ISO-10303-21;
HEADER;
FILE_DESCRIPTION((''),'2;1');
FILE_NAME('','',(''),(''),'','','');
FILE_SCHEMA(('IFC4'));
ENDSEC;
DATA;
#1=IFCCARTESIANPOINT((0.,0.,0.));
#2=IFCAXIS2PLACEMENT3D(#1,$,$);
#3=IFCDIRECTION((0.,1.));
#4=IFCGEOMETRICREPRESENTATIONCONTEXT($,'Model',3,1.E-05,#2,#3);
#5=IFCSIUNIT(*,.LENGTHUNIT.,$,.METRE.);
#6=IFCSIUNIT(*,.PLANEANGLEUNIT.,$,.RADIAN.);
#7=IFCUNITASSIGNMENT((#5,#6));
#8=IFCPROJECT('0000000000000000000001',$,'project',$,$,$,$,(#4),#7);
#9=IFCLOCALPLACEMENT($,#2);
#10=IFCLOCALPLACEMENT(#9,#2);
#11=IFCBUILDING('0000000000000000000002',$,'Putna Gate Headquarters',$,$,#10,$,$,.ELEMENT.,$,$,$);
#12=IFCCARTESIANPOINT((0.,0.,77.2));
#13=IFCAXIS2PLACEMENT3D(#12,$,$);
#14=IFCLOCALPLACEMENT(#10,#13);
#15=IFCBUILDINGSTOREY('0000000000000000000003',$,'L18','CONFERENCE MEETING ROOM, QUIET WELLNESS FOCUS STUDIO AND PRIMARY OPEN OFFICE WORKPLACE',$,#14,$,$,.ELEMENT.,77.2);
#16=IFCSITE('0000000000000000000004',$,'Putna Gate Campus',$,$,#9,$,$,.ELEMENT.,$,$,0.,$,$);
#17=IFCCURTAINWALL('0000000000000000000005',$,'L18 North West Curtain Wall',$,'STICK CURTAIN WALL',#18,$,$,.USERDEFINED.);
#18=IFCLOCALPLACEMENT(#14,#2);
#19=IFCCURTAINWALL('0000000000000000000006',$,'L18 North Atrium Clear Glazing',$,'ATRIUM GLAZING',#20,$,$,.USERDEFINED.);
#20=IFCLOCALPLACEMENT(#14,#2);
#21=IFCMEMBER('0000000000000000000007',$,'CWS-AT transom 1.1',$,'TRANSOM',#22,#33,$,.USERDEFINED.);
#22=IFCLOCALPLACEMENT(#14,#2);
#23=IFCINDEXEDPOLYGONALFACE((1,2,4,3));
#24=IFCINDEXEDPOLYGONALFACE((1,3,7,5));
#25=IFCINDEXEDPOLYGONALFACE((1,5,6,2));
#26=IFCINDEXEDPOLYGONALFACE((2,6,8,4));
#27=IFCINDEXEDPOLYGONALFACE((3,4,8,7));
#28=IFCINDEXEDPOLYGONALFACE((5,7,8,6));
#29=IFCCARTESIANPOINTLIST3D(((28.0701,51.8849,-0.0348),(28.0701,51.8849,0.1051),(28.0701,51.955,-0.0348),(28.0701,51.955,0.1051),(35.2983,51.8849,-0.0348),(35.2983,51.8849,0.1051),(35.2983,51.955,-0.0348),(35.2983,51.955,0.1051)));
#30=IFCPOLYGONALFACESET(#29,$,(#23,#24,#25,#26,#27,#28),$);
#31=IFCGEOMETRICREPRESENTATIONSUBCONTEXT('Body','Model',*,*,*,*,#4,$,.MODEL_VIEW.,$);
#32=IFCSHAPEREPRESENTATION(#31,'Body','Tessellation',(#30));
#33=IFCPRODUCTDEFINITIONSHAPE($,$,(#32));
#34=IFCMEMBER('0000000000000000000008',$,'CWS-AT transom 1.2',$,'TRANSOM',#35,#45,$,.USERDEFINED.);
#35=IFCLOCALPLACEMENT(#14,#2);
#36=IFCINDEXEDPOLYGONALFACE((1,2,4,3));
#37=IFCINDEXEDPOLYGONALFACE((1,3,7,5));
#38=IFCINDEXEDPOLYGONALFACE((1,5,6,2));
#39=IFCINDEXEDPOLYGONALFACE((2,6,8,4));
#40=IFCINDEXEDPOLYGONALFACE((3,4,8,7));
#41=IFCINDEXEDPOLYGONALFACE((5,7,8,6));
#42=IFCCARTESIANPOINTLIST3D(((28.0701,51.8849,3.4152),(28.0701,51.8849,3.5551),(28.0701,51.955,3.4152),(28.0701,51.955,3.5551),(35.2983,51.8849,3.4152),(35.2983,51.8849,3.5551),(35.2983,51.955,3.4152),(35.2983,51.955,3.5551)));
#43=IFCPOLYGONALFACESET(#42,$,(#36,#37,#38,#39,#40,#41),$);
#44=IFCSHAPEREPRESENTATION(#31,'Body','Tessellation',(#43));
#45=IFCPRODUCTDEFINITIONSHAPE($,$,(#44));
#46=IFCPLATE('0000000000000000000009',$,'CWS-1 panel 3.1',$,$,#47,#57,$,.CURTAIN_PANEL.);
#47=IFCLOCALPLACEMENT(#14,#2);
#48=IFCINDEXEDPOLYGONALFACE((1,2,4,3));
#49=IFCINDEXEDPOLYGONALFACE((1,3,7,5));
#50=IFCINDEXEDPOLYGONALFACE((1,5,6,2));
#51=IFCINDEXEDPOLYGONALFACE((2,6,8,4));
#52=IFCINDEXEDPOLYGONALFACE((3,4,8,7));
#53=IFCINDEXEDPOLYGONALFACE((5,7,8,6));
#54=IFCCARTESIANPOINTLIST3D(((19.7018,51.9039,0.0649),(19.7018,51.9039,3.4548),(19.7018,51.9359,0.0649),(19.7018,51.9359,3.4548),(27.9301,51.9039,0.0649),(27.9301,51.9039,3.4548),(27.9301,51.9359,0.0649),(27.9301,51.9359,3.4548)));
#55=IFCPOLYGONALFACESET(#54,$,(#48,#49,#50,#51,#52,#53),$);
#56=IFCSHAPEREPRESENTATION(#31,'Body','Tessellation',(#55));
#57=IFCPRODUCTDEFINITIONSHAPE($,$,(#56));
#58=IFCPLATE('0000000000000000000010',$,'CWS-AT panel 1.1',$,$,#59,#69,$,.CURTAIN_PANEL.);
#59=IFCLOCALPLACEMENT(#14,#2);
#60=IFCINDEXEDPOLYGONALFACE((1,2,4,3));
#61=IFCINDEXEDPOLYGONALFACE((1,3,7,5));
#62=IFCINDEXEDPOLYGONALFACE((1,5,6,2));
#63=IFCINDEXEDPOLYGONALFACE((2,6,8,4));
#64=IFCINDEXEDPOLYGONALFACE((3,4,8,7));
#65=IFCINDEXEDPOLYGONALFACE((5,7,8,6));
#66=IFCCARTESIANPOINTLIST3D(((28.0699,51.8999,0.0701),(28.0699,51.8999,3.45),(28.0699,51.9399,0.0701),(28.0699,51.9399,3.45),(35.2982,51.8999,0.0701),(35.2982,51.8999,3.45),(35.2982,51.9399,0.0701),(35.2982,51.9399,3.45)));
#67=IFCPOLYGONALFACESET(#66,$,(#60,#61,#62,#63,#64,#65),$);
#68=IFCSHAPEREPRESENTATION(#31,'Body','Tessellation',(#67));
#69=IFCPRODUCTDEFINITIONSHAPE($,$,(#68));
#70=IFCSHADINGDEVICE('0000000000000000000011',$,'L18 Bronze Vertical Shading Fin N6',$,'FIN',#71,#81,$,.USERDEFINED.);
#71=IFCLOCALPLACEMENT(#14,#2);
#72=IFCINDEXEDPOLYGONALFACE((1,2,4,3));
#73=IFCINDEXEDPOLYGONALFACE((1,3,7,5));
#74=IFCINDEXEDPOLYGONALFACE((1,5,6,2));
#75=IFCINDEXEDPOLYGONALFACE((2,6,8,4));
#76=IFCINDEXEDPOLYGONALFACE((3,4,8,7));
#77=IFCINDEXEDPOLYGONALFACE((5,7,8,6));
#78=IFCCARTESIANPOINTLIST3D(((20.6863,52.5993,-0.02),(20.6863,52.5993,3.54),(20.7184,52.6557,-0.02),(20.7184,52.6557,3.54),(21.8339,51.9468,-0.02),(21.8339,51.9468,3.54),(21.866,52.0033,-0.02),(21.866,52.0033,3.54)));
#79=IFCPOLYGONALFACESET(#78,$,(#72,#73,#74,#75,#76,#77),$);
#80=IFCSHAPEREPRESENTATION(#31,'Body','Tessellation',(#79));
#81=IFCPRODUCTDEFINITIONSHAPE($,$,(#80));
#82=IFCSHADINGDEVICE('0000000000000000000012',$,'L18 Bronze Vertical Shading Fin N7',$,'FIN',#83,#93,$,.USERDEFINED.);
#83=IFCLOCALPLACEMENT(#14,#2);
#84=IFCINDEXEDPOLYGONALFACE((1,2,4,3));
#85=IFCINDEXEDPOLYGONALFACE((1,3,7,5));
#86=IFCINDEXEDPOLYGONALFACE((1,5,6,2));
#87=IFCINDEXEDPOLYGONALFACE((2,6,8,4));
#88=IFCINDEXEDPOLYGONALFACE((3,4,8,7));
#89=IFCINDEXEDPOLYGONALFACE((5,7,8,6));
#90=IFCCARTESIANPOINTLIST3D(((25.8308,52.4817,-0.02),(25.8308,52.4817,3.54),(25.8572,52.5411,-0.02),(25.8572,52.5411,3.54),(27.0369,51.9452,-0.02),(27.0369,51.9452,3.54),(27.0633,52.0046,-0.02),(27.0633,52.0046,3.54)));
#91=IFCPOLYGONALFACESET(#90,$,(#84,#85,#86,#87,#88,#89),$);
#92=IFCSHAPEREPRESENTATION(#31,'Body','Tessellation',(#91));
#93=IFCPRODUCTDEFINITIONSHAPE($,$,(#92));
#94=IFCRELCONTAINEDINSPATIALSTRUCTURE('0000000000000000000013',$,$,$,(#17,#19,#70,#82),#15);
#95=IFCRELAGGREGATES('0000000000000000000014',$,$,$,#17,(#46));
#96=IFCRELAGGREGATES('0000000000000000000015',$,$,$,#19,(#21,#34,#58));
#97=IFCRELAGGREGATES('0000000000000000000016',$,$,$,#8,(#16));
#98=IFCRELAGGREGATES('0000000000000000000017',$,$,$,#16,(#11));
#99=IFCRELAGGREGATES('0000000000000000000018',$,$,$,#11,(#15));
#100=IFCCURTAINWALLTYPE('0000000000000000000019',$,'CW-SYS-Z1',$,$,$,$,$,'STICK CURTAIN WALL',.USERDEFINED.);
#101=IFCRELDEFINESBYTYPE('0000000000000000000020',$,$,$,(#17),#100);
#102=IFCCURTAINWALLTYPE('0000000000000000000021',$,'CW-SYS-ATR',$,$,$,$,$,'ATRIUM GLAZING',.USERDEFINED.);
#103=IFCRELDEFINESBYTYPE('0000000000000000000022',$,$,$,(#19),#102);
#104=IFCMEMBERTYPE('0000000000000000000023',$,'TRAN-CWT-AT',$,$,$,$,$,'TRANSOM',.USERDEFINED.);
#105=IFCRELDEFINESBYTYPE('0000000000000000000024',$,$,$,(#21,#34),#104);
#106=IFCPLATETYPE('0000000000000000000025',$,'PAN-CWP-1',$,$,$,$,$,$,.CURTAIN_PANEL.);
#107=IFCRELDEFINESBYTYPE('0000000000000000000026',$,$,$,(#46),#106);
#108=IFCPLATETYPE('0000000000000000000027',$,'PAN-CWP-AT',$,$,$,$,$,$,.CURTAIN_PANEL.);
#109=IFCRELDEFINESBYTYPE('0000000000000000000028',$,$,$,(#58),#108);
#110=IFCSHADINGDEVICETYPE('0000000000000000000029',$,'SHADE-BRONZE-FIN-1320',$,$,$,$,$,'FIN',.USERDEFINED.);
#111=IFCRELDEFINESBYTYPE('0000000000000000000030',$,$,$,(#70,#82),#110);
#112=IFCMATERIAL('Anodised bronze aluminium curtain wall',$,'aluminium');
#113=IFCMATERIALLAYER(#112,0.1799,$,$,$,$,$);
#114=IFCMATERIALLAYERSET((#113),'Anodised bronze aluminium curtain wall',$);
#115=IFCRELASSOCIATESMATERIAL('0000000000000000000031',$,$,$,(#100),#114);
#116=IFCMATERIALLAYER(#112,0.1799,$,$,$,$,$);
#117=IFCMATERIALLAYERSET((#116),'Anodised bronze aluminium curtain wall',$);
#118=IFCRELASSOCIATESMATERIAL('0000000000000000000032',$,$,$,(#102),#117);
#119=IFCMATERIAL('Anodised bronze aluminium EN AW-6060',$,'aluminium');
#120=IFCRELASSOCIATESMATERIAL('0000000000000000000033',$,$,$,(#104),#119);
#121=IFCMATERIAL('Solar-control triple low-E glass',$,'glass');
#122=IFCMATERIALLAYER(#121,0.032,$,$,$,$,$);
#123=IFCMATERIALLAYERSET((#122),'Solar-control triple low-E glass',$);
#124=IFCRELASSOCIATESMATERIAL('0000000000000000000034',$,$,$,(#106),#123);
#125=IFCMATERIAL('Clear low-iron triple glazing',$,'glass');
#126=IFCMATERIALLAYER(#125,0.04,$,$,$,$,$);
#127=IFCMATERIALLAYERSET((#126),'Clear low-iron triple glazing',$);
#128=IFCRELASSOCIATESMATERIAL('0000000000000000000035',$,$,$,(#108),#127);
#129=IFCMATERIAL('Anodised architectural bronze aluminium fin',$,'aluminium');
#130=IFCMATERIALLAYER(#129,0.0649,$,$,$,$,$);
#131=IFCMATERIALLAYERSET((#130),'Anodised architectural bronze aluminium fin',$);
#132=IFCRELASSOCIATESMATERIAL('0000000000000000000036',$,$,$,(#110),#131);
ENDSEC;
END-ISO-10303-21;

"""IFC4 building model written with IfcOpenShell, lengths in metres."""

from ifc_helpers import new_model, si_unit, direction, frame, origin, origin_2d, place, context, subcontext, project, spatial, rectangle, extrude, material, layer, layer_set, material_profile, profile_set, type_object, element, aggregate, save


model = new_model("IFC4")

# Units and contexts
model_context = context("Model", 3, precision=1e-05, world=origin(), true_north=direction((0.0, 1.0)))
body_context = subcontext(model_context, "Body", "Model", "MODEL_VIEW")
ifc_project = project(units=[si_unit("LENGTHUNIT", "METRE"), si_unit("PLANEANGLEUNIT", "RADIAN")], contexts=[model_context])

# Site, building, storey
site_placement = place(None, origin())
site = spatial("IfcSite", under=ifc_project, at=site_placement, Name="Putna Gate Campus", CompositionType="ELEMENT", RefElevation=0.0)
building_placement = place(site_placement, origin())
building = spatial("IfcBuilding", under=site, at=building_placement, Name="Putna Gate Headquarters", CompositionType="ELEMENT")
storey_placement = place(building_placement, frame((0.0, 0.0, 77.2)))
storey = spatial("IfcBuildingStorey", under=building, at=storey_placement, Name="L18", Description="CONFERENCE MEETING ROOM, QUIET WELLNESS FOCUS STUDIO AND PRIMARY OPEN OFFICE WORKPLACE", CompositionType="ELEMENT", Elevation=77.2)

# Curtain walls
ifc_material_1 = material(Name="Anodised bronze aluminium curtain wall", Category="aluminium")
ifc_layer_1 = layer(ifc_material_1, 0.1799)
ifc_layer_set_1 = layer_set([ifc_layer_1], Name="Anodised bronze aluminium curtain wall")
curtain_wall_type_1 = type_object("IfcCurtainWallType", Name="CW-SYS-Z1", ElementType="STICK CURTAIN WALL", PredefinedType="USERDEFINED", material=ifc_layer_set_1)
curtain_wall_1_placement = place(storey_placement, origin())
curtain_wall_1 = element("IfcCurtainWall", 1, at=curtain_wall_1_placement, inside=storey, type_object=curtain_wall_type_1, Name="L18 North West Curtain Wall", ObjectType="STICK CURTAIN WALL", PredefinedType="USERDEFINED")
ifc_material_2 = material(Name="Anodised bronze aluminium EN AW-6060", Category="aluminium")
ifc_layer_2 = layer(ifc_material_1, 0.1799)
ifc_layer_set_2 = layer_set([ifc_layer_2], Name="Anodised bronze aluminium curtain wall")
curtain_wall_type_2 = type_object("IfcCurtainWallType", Name="CW-SYS-ATR", ElementType="ATRIUM GLAZING", PredefinedType="USERDEFINED", material=ifc_layer_set_2)
curtain_wall_2_placement = place(storey_placement, origin())
curtain_wall_2 = element("IfcCurtainWall", 2, at=curtain_wall_2_placement, inside=storey, type_object=curtain_wall_type_2, Name="L18 North Atrium Clear Glazing", ObjectType="ATRIUM GLAZING", PredefinedType="USERDEFINED")

# Members
ifc_material_profile_1 = material_profile(ifc_material_2, rectangle(XDim=0.0701, YDim=0.1399, at=origin_2d()), Name="Anodised bronze aluminium EN AW-6060")
ifc_profile_set_1 = profile_set([ifc_material_profile_1], Name="Anodised bronze aluminium EN AW-6060")
member_type_1 = type_object("IfcMemberType", Name="TRAN-CWT-AT", ElementType="TRANSOM", PredefinedType="USERDEFINED", material=ifc_profile_set_1)
member_1_placement = place(storey_placement, frame((28.0701, 51.9199, 0.0352), z_axis=(1.0, 0.0, 0.0), x_axis=(0.0, 1.0, 0.0)))
member_1 = element("IfcMember", 3, at=member_1_placement, type_object=member_type_1, Name="CWS-AT transom 1.1", ObjectType="TRANSOM", PredefinedType="USERDEFINED", context=body_context, shape_type="SweptSolid", body=[
    extrude(rectangle(XDim=0.0701, YDim=0.1399, at=origin_2d()), origin(), (0.0, 0.0, 1.0), 7.2283),
])
member_2_placement = place(storey_placement, frame((28.0701, 51.9199, 3.4851), z_axis=(1.0, 0.0, 0.0), x_axis=(0.0, 1.0, 0.0)))
member_2 = element("IfcMember", 4, at=member_2_placement, type_object=member_type_1, Name="CWS-AT transom 1.2", ObjectType="TRANSOM", PredefinedType="USERDEFINED", context=body_context, shape_type="SweptSolid", body=[
    extrude(rectangle(XDim=0.0701, YDim=0.1399, at=origin_2d()), origin(), (0.0, 0.0, 1.0), 7.2283),
])

# Plates
ifc_material_3 = material(Name="Solar-control triple low-E glass", Category="glass")
ifc_layer_3 = layer(ifc_material_3, 0.032)
ifc_layer_set_3 = layer_set([ifc_layer_3], Name="Solar-control triple low-E glass")
plate_type_1 = type_object("IfcPlateType", Name="PAN-CWP-1", PredefinedType="CURTAIN_PANEL", material=ifc_layer_set_3)
plate_1_placement = place(storey_placement, frame((23.8159, 51.9199, 0.0649), z_axis=(0.0, 0.0, 1.0), x_axis=(1.0, 0.0, 0.0)))
plate_1 = element("IfcPlate", 5, at=plate_1_placement, type_object=plate_type_1, Name="CWS-1 panel 3.1", PredefinedType="CURTAIN_PANEL", context=body_context, shape_type="SweptSolid", body=[
    extrude(rectangle(XDim=8.2283, YDim=0.032, at=origin_2d()), origin(), (0.0, 0.0, 1.0), 3.3899),
])
aggregate(curtain_wall_1, [plate_1])
ifc_material_4 = material(Name="Clear low-iron triple glazing", Category="glass")
ifc_layer_4 = layer(ifc_material_4, 0.04)
ifc_layer_set_4 = layer_set([ifc_layer_4], Name="Clear low-iron triple glazing")
plate_type_2 = type_object("IfcPlateType", Name="PAN-CWP-AT", PredefinedType="CURTAIN_PANEL", material=ifc_layer_set_4)
plate_2_placement = place(storey_placement, frame((31.6841, 51.9199, 0.0701), z_axis=(0.0, 0.0, 1.0), x_axis=(1.0, 0.0, 0.0)))
plate_2 = element("IfcPlate", 6, at=plate_2_placement, type_object=plate_type_2, Name="CWS-AT panel 1.1", PredefinedType="CURTAIN_PANEL", context=body_context, shape_type="SweptSolid", body=[
    extrude(rectangle(XDim=7.2283, YDim=0.04, at=origin_2d()), origin(), (0.0, 0.0, 1.0), 3.3799),
])
aggregate(curtain_wall_2, [member_1, member_2, plate_2])

# Shading devices
ifc_material_5 = material(Name="Anodised architectural bronze aluminium fin", Category="aluminium")
ifc_layer_5 = layer(ifc_material_5, 0.0649)
ifc_layer_set_5 = layer_set([ifc_layer_5], Name="Anodised architectural bronze aluminium fin")
shading_device_type = type_object("IfcShadingDeviceType", Name="SHADE-BRONZE-FIN-1320", ElementType="FIN", PredefinedType="USERDEFINED", material=ifc_layer_set_5)
for number, where, z_axis, x_axis, name in (
    (7, (21.2761, 52.3013, -0.02), (0.0, 0.0, 1.0), (-0.869322, 0.494245, 0.0), "L18 Bronze Vertical Shading Fin N6"),
    (8, (26.447, 52.2432, -0.02), (0.0, 0.0, 1.0), (-0.913687, 0.406418, 0.0), "L18 Bronze Vertical Shading Fin N7"),
):
    element("IfcShadingDevice", number, at=place(storey_placement, frame(where, z_axis=z_axis, x_axis=x_axis)), inside=storey, type_object=shading_device_type, Name=name, ObjectType="FIN", PredefinedType="USERDEFINED", context=body_context, shape_type="SweptSolid", body=[
        extrude(rectangle(XDim=1.3201, YDim=0.0649, at=origin_2d()), origin(), (0.0, 0.0, 1.0), 3.5601),
    ])

save(model, "model.ifc")
